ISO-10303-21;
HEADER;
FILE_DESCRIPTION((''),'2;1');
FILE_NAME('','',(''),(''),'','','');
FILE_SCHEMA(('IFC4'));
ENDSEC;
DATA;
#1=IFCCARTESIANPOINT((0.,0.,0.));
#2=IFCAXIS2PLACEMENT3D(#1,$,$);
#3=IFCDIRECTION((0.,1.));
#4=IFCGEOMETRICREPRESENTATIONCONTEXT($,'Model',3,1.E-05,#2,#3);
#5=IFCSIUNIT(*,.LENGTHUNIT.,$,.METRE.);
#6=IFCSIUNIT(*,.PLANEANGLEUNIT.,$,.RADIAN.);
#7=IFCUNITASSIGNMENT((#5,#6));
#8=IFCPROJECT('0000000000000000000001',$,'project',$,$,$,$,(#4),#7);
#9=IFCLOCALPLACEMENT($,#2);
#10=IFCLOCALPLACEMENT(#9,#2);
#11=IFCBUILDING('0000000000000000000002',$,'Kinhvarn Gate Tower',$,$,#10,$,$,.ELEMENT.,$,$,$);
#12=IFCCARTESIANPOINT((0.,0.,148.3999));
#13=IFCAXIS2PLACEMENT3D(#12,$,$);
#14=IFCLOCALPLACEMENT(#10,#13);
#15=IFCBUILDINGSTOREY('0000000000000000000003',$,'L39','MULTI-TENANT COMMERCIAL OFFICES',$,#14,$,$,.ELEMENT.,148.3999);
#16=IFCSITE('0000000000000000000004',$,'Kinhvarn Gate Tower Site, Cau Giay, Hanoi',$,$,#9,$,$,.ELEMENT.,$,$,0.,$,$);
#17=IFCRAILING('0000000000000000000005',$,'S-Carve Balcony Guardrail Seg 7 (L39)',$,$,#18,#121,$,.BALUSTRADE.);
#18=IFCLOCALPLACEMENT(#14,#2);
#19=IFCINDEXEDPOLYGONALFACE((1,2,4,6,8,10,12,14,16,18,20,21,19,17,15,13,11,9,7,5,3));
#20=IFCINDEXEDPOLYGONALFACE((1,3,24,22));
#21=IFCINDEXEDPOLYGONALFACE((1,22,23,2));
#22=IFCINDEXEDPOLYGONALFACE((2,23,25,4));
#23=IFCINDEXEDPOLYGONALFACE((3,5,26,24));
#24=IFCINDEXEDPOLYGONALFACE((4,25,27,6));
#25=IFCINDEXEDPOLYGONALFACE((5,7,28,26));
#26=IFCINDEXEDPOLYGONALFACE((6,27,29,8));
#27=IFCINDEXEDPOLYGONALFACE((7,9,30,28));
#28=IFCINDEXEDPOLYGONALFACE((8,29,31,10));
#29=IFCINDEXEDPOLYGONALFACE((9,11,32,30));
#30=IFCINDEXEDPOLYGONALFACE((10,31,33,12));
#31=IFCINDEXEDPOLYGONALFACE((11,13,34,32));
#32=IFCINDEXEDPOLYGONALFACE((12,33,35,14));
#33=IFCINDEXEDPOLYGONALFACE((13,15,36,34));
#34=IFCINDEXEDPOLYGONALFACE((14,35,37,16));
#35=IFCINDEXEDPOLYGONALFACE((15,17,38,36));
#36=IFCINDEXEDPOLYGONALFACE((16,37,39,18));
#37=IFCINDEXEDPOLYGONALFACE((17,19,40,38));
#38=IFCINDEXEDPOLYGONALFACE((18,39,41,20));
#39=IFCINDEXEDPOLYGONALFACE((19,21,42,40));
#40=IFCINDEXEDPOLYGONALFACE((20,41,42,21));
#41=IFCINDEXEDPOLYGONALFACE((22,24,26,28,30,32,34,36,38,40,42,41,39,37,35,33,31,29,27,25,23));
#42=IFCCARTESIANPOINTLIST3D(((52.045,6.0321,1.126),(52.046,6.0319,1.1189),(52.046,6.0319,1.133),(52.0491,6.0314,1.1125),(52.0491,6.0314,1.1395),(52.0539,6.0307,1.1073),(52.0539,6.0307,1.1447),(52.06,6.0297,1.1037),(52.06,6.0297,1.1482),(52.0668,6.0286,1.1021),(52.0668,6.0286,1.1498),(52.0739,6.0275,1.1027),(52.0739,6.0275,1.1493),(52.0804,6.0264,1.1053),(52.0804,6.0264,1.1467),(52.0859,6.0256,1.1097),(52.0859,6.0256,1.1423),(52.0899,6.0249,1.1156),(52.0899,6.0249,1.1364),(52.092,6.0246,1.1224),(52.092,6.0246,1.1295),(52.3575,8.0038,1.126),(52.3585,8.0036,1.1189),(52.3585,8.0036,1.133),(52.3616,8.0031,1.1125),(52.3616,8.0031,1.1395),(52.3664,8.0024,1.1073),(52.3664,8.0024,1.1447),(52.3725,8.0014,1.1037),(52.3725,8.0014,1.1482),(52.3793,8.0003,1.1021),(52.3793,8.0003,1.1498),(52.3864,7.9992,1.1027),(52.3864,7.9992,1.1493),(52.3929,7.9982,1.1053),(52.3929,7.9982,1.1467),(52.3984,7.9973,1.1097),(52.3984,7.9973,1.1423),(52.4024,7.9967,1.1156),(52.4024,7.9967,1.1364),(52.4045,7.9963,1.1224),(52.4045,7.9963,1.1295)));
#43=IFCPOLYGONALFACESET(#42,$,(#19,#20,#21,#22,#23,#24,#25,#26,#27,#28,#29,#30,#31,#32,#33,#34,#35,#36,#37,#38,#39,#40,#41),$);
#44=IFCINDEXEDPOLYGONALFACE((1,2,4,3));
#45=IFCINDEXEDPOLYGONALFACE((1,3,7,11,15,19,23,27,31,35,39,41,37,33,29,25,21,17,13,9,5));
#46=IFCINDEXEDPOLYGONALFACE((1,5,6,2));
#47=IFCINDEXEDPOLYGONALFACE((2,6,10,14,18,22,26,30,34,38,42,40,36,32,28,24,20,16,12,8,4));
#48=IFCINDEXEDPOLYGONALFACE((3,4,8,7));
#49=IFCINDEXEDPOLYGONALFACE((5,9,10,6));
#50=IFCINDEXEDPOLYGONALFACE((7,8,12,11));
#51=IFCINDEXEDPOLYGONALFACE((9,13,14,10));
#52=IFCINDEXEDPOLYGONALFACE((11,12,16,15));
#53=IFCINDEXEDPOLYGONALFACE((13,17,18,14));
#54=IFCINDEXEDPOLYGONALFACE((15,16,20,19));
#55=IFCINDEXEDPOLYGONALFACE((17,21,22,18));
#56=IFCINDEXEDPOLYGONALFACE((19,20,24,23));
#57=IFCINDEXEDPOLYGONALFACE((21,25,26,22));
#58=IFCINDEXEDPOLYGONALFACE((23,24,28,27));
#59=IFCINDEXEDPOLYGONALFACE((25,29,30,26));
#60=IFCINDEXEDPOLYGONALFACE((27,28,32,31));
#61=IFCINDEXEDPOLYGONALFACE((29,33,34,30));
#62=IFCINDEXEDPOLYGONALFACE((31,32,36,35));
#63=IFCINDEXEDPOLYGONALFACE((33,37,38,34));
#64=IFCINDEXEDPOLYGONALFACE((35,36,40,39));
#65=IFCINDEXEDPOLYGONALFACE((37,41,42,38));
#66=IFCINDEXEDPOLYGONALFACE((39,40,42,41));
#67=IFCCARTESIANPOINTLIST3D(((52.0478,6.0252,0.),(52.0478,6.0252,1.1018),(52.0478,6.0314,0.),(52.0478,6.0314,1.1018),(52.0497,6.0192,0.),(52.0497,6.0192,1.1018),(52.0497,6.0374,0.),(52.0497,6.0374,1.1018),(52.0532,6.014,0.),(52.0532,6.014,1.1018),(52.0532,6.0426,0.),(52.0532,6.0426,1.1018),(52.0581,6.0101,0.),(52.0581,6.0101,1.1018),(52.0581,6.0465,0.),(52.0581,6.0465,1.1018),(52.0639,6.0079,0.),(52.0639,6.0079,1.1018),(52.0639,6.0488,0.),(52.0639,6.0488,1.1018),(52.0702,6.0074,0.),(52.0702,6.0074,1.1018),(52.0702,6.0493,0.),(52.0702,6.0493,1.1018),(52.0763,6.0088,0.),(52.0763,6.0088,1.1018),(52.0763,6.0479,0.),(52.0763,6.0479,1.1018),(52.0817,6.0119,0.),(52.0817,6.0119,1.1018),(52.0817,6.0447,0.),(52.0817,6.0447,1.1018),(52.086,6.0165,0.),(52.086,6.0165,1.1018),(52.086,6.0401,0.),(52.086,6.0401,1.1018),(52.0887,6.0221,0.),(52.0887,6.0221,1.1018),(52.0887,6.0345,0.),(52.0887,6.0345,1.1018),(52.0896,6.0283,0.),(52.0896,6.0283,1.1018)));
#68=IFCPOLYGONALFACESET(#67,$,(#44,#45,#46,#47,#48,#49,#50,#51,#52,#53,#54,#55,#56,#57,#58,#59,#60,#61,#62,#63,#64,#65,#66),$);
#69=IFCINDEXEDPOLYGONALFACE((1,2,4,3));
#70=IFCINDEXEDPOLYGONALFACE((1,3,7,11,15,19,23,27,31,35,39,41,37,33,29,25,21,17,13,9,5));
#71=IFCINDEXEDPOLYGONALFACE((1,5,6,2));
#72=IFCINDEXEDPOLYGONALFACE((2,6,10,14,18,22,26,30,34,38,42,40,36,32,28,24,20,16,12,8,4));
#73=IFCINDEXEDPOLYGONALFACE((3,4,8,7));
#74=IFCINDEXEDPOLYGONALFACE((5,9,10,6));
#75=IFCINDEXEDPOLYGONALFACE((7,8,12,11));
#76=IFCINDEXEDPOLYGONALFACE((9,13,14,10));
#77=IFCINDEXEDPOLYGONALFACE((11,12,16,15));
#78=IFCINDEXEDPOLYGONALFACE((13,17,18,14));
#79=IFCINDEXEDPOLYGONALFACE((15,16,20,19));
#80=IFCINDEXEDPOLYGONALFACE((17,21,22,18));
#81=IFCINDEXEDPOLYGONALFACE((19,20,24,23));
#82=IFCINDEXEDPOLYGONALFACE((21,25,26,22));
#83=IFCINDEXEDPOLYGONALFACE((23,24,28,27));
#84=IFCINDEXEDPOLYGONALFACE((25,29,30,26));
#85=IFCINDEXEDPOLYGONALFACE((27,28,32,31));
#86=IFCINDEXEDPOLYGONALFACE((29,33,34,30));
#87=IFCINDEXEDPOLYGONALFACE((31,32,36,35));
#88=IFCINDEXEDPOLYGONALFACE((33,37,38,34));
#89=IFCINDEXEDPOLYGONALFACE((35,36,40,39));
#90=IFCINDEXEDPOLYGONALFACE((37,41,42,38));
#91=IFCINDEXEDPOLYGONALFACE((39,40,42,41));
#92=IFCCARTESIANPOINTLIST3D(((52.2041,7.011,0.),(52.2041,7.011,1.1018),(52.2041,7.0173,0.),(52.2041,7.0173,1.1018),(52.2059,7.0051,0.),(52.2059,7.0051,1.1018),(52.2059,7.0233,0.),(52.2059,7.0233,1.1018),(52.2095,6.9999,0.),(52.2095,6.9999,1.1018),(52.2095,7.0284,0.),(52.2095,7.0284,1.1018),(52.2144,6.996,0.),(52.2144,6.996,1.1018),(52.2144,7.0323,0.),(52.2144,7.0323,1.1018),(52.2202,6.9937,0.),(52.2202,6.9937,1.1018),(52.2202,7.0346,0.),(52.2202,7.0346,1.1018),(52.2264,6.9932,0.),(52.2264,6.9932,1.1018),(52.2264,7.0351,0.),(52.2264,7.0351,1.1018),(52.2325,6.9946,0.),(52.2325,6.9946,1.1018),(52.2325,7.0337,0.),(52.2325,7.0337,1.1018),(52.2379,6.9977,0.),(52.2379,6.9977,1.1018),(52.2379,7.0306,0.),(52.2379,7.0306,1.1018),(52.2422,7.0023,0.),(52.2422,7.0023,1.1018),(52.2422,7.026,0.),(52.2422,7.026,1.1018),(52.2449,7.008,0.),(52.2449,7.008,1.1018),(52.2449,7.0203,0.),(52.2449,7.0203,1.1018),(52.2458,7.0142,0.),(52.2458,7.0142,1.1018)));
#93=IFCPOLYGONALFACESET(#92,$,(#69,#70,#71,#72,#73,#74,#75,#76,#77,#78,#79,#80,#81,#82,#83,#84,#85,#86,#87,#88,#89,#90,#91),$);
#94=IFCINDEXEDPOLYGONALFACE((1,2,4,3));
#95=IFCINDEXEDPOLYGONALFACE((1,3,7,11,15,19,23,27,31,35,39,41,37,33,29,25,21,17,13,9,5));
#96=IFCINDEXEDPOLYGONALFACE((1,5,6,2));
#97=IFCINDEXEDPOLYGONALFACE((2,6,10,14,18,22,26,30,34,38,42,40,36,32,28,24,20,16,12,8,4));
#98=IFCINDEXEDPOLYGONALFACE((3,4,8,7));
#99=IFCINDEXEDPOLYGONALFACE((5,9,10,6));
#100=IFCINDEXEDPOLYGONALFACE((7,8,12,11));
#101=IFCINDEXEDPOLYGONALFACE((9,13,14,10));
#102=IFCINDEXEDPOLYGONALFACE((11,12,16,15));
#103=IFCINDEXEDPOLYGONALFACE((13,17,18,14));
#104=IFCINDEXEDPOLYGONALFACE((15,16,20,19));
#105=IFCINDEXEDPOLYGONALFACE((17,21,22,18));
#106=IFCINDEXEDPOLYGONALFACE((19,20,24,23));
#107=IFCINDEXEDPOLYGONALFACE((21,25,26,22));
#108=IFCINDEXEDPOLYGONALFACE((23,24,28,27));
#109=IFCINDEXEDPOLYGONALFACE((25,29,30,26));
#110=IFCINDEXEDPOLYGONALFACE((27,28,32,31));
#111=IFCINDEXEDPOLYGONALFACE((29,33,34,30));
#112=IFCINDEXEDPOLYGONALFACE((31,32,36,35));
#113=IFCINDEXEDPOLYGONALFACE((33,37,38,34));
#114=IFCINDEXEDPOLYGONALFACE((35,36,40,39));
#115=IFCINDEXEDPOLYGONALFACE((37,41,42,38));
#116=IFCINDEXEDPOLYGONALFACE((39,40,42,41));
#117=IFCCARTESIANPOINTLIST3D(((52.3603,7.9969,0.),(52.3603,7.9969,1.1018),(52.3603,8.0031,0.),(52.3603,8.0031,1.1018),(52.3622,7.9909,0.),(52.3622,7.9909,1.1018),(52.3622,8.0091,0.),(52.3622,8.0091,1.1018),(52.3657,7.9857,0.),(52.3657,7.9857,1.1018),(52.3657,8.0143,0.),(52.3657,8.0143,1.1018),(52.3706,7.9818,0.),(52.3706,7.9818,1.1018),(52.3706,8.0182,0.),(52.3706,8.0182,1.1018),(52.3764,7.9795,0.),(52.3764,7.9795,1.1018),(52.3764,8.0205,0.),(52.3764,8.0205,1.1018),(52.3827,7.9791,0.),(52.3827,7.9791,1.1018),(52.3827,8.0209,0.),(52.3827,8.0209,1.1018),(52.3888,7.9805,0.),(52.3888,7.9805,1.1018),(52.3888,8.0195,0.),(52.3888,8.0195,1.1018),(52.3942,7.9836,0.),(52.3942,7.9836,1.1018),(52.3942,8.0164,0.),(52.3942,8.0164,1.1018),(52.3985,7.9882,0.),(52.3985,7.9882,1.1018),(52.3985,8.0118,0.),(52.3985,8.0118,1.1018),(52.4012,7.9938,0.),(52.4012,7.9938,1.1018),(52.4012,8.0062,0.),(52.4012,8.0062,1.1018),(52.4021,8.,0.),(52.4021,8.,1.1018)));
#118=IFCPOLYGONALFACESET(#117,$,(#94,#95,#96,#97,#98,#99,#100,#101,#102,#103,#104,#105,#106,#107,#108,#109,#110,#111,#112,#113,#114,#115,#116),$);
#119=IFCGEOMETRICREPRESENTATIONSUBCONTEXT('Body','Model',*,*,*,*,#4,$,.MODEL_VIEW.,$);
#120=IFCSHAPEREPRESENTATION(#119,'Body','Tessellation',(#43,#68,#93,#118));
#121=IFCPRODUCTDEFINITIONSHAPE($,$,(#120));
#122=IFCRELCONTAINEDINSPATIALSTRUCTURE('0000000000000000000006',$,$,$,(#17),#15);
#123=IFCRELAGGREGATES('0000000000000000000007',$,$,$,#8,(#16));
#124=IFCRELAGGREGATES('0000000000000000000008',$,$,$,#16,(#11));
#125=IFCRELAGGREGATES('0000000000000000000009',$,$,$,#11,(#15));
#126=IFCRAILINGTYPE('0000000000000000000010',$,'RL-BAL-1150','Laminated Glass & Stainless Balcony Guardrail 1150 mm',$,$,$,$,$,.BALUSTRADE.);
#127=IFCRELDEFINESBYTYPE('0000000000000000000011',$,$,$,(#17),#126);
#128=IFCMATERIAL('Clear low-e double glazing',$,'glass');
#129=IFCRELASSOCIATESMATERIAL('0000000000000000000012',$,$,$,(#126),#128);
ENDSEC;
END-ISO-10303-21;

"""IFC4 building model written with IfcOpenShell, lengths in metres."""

from ifc_helpers import new_model, si_unit, direction, frame, origin, origin_2d, place, context, subcontext, project, spatial, circle, extrude, material, type_object, element, save


model = new_model("IFC4")

# Units and contexts
model_context = context("Model", 3, precision=1e-05, world=origin(), true_north=direction((0.0, 1.0)))
body_context = subcontext(model_context, "Body", "Model", "MODEL_VIEW")
ifc_project = project(units=[si_unit("LENGTHUNIT", "METRE"), si_unit("PLANEANGLEUNIT", "RADIAN")], contexts=[model_context])

# Site, building, storey
site_placement = place(None, origin())
site = spatial("IfcSite", under=ifc_project, at=site_placement, Name="Kinhvarn Gate Tower Site, Cau Giay, Hanoi", CompositionType="ELEMENT", RefElevation=0.0)
building_placement = place(site_placement, origin())
building = spatial("IfcBuilding", under=site, at=building_placement, Name="Kinhvarn Gate Tower", CompositionType="ELEMENT")
storey_placement = place(building_placement, frame((0.0, 0.0, 148.3999)))
storey = spatial("IfcBuildingStorey", under=building, at=storey_placement, Name="L39", Description="MULTI-TENANT COMMERCIAL OFFICES", CompositionType="ELEMENT", Elevation=148.3999)

# Shared definitions
ifc_material_1 = material(Name="Clear low-e double glazing", Category="glass")

# Railing
railing_type = type_object("IfcRailingType", Name="RL-BAL-1150", Description="Laminated Glass & Stainless Balcony Guardrail 1150 mm", PredefinedType="BALUSTRADE", material=ifc_material_1)
railing_1_placement = place(storey_placement, frame((52.0686, 6.0283, 0.0)))
element("IfcRailing", 1, at=railing_1_placement, inside=storey, type_object=railing_type, Name="S-Carve Balcony Guardrail Seg 7 (L39)", PredefinedType="BALUSTRADE", context=body_context, shape_type="SweptSolid", body=[
    extrude(circle(Radius=0.0239, at=origin_2d()), frame((0.0, 0.0, 1.126), z_axis=(0.15654, 0.987672, 0.0), x_axis=(-0.987672, 0.15654, 0.0)), (0.0, 0.0, 1.0), 1.9963),
    extrude(circle(Radius=0.021, at=origin_2d()), origin(), (0.0, 0.0, 1.0), 1.1018),
    extrude(circle(Radius=0.021, at=origin_2d()), frame((0.1562, 0.9858, 0.0)), (0.0, 0.0, 1.0), 1.1018),
    extrude(circle(Radius=0.021, at=origin_2d()), frame((0.3125, 1.9717, 0.0)), (0.0, 0.0, 1.0), 1.1018),
])

save(model, "model.ifc")
